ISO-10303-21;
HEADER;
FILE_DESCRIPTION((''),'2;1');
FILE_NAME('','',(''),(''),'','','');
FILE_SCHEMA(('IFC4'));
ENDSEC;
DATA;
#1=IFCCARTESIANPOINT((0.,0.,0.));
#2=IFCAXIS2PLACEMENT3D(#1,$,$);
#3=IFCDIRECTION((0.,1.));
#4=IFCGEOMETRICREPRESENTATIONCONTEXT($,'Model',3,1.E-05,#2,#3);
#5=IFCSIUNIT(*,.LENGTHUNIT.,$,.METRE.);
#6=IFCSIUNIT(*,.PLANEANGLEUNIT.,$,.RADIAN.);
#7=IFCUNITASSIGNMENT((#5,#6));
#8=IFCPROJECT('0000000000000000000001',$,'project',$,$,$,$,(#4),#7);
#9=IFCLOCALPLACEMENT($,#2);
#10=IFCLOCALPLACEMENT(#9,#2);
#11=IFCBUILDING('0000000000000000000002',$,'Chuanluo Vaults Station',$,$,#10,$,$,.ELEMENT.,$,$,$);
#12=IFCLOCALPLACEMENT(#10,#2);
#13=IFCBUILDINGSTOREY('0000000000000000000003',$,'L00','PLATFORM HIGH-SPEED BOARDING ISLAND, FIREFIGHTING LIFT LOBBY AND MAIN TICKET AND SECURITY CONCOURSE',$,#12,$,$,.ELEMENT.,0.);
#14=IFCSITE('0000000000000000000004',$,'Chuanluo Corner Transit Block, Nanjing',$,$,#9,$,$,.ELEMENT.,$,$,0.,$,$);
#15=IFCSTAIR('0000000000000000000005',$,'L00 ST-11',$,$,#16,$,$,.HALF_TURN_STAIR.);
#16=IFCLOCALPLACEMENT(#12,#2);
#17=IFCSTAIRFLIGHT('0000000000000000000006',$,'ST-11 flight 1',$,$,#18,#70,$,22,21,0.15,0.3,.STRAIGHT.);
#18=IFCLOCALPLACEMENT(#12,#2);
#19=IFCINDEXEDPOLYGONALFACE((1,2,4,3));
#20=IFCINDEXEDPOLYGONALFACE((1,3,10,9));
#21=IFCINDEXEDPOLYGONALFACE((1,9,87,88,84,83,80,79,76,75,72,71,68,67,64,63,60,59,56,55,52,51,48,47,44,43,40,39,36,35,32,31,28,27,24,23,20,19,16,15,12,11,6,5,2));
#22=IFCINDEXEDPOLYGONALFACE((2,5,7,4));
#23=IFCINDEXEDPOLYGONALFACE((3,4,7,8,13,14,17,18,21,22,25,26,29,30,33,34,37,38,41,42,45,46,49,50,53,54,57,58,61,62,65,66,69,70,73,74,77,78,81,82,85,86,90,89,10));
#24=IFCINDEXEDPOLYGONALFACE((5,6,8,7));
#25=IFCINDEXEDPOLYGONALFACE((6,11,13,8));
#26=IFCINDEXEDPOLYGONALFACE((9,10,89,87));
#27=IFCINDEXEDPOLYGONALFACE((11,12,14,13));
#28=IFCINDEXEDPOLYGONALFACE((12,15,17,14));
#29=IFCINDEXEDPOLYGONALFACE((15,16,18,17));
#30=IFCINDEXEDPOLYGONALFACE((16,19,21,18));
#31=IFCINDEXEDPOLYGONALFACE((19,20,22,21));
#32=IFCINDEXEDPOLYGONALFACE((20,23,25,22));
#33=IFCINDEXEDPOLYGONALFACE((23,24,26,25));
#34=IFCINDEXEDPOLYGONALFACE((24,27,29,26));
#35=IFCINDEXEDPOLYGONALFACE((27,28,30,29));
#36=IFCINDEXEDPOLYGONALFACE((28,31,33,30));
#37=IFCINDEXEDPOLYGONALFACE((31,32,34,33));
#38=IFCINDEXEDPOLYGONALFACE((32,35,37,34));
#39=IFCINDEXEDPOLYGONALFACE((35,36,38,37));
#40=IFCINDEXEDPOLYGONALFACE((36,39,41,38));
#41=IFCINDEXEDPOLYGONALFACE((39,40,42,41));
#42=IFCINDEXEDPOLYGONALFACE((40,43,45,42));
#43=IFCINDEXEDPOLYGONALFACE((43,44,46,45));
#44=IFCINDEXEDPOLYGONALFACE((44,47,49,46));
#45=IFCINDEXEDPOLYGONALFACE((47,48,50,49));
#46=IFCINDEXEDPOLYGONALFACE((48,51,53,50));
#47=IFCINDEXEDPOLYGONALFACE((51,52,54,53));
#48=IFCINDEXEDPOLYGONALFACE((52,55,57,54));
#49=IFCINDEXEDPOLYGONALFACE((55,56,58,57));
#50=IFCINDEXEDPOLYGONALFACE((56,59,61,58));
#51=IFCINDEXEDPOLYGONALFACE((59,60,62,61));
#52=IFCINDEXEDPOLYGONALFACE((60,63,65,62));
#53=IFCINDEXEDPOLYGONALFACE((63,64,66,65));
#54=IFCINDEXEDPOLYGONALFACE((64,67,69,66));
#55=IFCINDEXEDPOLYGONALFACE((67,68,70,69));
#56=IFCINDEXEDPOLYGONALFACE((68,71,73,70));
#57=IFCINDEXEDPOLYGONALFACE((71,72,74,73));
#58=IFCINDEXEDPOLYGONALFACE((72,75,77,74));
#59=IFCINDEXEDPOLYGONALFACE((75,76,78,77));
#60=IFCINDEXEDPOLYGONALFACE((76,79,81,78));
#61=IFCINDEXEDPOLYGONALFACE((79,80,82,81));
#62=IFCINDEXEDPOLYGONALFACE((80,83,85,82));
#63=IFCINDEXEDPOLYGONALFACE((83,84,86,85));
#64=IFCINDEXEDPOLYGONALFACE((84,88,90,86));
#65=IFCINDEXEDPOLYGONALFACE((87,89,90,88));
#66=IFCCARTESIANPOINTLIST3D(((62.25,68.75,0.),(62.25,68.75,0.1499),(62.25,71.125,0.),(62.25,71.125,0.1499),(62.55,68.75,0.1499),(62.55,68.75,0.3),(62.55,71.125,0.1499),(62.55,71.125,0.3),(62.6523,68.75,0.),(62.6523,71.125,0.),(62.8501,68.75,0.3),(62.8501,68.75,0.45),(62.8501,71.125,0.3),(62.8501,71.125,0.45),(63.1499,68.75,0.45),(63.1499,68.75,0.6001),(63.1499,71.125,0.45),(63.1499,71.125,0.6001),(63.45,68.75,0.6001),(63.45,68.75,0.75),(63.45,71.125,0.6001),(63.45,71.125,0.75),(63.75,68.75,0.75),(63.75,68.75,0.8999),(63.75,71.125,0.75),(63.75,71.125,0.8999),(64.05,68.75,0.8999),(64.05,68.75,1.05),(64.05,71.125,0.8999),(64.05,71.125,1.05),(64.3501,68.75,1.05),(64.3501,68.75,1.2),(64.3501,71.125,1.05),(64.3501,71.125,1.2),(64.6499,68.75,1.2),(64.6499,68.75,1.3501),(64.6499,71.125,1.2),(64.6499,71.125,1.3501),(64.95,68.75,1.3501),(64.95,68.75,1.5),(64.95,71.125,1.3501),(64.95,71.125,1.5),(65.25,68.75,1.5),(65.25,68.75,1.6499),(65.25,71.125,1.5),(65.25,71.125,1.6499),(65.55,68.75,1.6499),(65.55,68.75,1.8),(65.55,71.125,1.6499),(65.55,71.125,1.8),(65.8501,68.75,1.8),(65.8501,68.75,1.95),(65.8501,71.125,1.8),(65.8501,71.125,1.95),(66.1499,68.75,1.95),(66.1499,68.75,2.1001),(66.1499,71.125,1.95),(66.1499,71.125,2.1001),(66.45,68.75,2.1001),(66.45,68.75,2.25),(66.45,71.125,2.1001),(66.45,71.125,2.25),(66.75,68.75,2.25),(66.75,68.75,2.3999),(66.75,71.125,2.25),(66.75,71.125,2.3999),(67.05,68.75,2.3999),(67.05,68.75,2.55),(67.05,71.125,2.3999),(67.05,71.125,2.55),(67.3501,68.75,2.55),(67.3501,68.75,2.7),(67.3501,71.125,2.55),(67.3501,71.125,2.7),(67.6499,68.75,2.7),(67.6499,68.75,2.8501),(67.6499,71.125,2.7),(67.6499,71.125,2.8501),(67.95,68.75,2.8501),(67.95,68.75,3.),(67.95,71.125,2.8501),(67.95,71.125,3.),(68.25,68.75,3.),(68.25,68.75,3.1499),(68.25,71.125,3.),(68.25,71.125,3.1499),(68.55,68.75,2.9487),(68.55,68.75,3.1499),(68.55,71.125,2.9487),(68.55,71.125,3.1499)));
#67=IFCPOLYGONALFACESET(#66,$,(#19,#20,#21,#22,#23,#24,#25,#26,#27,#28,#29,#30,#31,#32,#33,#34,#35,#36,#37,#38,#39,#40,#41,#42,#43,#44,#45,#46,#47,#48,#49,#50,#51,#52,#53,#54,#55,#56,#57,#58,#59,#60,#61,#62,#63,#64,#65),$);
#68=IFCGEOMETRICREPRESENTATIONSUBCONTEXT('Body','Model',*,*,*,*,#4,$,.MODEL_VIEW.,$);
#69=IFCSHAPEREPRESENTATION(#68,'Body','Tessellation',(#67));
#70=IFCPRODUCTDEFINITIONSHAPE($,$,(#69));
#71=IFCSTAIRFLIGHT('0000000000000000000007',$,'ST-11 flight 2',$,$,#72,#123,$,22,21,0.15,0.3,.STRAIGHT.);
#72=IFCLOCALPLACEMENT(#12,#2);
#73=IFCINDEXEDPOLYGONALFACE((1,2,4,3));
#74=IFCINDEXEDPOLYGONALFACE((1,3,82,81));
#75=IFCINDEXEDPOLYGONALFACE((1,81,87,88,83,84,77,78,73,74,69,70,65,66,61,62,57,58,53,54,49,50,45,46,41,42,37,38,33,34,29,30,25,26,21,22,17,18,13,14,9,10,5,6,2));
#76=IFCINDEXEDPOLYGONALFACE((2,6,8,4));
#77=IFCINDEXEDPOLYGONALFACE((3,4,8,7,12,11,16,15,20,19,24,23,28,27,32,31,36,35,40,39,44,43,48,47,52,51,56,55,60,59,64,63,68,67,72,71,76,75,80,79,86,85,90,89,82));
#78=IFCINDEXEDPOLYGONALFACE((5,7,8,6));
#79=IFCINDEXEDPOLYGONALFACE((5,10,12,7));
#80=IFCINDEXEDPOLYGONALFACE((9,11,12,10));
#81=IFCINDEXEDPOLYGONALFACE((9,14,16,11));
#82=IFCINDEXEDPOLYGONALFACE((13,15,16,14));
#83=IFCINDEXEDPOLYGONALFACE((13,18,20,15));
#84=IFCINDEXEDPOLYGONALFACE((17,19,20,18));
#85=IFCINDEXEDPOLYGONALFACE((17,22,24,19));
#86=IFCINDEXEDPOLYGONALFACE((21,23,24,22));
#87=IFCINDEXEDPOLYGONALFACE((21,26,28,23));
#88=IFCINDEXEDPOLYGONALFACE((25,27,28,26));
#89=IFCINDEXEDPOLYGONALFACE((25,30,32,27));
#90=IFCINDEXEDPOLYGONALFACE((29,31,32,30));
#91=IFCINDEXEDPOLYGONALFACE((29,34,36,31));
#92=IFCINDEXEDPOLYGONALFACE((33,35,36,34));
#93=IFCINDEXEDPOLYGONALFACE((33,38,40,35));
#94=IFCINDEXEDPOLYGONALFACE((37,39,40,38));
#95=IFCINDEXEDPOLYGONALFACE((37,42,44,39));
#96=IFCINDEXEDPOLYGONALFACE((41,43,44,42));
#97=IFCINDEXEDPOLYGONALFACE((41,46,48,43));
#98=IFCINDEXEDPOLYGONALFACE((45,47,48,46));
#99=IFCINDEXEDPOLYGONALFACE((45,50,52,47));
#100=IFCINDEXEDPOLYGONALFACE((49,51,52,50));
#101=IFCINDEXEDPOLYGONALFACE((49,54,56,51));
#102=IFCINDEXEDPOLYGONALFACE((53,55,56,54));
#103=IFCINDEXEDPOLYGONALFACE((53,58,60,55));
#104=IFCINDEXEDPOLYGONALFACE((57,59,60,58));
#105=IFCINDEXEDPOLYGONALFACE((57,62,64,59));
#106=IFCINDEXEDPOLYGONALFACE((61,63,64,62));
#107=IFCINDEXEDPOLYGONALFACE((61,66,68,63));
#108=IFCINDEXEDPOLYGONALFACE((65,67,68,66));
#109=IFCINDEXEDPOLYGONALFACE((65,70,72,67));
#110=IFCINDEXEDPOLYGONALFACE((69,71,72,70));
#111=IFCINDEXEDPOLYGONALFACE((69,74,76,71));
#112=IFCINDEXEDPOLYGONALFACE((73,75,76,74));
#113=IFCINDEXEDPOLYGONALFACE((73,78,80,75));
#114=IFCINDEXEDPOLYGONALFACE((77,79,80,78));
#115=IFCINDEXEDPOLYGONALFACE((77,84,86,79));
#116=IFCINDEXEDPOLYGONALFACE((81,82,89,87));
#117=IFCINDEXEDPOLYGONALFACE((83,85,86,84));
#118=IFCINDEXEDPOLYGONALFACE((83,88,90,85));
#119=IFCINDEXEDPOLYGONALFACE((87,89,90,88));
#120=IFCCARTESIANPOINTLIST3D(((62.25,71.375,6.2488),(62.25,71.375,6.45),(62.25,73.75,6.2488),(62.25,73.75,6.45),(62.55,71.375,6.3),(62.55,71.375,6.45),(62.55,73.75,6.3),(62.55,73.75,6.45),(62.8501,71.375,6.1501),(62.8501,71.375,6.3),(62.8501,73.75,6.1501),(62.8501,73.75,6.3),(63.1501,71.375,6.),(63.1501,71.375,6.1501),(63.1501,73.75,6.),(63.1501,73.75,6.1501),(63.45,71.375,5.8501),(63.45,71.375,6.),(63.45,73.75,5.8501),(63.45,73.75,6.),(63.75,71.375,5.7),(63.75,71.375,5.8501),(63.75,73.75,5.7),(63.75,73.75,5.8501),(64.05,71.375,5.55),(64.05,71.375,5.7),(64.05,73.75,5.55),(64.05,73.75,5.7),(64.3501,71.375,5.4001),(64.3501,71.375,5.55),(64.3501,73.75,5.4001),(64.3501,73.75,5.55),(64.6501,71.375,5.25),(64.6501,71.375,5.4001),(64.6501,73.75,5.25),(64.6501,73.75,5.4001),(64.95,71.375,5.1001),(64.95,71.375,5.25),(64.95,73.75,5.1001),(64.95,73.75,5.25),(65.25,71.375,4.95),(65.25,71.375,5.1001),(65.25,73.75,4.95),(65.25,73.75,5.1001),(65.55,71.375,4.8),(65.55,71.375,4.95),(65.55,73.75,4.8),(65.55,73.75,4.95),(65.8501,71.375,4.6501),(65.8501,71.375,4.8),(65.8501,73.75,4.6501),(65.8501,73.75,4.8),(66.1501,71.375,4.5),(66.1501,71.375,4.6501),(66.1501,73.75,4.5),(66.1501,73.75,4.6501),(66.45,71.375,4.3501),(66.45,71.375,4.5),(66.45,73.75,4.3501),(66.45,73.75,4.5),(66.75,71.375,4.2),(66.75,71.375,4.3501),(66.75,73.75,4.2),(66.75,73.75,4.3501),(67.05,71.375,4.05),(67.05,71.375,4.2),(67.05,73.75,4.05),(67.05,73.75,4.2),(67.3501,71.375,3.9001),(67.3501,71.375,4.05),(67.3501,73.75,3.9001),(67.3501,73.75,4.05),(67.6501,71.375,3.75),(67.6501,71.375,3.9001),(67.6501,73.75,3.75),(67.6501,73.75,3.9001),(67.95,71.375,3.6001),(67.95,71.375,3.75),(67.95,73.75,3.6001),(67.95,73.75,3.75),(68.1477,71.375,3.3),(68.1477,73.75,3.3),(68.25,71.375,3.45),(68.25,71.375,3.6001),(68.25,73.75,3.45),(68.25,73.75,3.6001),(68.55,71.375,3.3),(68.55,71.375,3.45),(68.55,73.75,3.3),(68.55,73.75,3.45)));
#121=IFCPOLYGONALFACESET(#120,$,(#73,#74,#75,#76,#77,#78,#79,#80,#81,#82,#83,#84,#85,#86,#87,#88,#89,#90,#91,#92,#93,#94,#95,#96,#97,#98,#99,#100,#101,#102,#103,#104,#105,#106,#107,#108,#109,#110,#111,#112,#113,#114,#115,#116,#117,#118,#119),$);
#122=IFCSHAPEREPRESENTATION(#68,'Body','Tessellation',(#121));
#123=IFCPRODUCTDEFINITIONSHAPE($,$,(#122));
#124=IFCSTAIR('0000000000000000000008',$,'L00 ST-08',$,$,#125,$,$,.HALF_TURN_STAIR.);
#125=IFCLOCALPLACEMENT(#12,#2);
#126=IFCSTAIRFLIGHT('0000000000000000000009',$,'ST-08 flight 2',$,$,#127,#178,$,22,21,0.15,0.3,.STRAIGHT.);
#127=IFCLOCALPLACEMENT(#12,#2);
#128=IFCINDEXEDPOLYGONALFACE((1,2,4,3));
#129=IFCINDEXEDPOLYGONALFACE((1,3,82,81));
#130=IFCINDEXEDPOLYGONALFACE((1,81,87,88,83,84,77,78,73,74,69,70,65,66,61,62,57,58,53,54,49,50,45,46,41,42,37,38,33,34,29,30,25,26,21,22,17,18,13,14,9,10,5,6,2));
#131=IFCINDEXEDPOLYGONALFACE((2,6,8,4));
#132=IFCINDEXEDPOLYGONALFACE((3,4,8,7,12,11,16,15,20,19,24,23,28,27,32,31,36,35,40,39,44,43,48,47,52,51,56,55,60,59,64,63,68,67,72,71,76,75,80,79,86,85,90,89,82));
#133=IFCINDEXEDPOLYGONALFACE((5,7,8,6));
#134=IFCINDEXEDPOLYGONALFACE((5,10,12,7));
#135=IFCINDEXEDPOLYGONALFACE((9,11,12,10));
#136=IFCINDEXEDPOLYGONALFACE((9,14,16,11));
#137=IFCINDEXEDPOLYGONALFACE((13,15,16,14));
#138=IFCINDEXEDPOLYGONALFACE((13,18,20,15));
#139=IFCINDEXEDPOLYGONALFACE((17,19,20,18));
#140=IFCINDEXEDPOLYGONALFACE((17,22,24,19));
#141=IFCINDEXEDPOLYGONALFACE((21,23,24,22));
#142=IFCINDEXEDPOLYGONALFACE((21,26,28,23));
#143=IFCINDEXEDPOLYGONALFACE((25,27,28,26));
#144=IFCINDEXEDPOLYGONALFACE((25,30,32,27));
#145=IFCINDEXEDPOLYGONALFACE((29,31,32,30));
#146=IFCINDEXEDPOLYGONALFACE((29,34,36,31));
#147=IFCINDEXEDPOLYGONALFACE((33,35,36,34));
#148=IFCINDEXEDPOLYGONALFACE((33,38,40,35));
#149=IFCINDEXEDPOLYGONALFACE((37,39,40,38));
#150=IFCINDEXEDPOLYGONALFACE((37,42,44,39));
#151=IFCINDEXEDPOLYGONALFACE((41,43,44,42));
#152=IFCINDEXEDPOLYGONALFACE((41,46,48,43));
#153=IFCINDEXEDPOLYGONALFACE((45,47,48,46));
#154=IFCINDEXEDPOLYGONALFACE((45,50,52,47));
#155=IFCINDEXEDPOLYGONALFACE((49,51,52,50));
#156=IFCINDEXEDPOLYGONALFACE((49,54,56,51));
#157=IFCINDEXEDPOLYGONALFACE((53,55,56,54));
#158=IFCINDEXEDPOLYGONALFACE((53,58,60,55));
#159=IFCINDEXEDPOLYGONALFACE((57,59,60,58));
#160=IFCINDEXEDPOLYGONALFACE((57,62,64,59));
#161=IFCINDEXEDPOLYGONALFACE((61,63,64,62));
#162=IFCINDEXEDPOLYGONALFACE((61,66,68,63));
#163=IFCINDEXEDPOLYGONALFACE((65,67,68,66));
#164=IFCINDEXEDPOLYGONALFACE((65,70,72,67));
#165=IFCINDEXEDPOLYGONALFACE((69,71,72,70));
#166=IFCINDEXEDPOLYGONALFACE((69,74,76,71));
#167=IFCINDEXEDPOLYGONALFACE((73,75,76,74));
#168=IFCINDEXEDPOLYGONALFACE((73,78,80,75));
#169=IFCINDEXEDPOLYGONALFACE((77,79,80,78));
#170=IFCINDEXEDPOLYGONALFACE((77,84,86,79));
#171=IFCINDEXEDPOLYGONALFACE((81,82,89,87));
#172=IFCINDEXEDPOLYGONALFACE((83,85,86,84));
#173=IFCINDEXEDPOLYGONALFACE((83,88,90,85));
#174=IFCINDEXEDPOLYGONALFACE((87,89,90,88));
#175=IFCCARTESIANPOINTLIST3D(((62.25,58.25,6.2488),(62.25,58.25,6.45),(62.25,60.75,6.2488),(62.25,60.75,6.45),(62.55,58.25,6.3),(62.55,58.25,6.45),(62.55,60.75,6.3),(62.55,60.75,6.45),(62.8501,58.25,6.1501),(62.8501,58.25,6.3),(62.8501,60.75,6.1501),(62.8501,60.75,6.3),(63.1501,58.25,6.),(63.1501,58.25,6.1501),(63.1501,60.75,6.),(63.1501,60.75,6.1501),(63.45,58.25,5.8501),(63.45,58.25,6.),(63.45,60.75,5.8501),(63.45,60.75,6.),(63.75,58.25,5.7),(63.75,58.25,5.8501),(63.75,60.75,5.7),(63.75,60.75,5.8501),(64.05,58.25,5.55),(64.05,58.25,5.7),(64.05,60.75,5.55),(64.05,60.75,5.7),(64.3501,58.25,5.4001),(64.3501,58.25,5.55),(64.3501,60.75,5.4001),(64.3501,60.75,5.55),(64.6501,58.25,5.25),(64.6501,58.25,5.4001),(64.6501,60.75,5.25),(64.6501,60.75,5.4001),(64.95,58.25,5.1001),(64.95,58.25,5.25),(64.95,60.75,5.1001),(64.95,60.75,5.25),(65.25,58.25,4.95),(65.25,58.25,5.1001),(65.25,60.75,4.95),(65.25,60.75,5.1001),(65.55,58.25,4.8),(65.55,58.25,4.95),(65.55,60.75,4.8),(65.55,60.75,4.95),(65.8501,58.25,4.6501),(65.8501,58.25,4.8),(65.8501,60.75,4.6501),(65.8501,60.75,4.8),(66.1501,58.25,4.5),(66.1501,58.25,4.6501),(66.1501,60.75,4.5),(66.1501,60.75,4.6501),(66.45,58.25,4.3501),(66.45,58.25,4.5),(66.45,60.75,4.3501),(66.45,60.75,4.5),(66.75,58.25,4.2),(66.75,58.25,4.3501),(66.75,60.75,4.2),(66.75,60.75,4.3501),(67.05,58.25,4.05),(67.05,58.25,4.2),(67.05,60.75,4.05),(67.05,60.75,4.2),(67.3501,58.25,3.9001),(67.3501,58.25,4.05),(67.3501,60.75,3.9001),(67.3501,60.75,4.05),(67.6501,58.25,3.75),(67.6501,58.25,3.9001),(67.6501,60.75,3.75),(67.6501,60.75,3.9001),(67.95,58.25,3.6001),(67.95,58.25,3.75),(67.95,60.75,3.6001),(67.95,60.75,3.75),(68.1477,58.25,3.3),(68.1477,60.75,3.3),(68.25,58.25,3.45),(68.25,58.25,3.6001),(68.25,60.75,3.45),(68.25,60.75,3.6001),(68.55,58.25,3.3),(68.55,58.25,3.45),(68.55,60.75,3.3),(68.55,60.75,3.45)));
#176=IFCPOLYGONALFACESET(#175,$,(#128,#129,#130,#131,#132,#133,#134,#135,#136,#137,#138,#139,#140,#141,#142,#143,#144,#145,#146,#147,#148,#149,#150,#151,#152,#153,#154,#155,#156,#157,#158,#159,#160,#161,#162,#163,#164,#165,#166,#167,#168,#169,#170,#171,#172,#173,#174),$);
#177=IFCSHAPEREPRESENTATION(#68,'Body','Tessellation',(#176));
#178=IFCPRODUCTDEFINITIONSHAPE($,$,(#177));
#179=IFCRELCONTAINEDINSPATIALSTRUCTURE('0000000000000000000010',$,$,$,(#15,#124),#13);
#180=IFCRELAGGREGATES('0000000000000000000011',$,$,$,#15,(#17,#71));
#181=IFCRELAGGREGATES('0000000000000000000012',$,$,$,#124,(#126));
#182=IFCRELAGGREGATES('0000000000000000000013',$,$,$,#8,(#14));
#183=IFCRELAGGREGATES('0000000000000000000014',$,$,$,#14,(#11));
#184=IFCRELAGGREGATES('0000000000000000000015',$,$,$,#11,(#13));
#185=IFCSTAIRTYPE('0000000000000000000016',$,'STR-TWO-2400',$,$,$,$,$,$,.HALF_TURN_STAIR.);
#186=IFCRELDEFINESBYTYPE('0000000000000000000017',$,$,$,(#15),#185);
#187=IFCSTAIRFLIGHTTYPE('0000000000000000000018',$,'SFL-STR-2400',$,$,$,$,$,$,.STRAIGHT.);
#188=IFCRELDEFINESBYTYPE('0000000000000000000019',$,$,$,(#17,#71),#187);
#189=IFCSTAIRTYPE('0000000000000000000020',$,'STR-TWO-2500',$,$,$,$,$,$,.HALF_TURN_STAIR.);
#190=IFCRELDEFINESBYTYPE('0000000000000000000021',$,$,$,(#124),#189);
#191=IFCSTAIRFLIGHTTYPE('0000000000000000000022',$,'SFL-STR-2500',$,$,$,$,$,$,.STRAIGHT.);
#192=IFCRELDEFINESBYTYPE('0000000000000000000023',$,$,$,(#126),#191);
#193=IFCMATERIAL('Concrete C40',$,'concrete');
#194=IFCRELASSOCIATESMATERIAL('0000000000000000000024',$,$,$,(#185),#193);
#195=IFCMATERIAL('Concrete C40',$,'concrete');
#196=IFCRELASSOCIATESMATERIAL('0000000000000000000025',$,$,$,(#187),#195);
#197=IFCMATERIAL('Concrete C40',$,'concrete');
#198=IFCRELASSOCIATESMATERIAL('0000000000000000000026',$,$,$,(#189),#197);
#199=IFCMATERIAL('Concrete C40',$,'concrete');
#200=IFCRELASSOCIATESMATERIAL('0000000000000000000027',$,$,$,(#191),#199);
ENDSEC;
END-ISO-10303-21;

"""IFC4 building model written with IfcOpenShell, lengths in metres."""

from ifc_helpers import new_model, si_unit, direction, frame, origin, place, context, subcontext, project, spatial, polyline, outline, extrude, material, type_object, element, aggregate, save


model = new_model("IFC4")

# Units and contexts
model_context = context("Model", 3, precision=1e-05, world=origin(), true_north=direction((0.0, 1.0)))
body_context = subcontext(model_context, "Body", "Model", "MODEL_VIEW")
ifc_project = project(units=[si_unit("LENGTHUNIT", "METRE"), si_unit("PLANEANGLEUNIT", "RADIAN")], contexts=[model_context])

# Site, building, storey
site_placement = place(None, origin())
site = spatial("IfcSite", under=ifc_project, at=site_placement, Name="Chuanluo Corner Transit Block, Nanjing", CompositionType="ELEMENT", RefElevation=0.0)
building_placement = place(site_placement, origin())
building = spatial("IfcBuilding", under=site, at=building_placement, Name="Chuanluo Vaults Station", CompositionType="ELEMENT")
storey_placement = place(building_placement, origin())
storey = spatial("IfcBuildingStorey", under=building, at=storey_placement, Name="L00", Description="PLATFORM HIGH-SPEED BOARDING ISLAND, FIREFIGHTING LIFT LOBBY AND MAIN TICKET AND SECURITY CONCOURSE", CompositionType="ELEMENT", Elevation=0.0)

# Stair, stair flights
ifc_material_1 = material(Name="Concrete C40", Category="concrete")
stair_type_1 = type_object("IfcStairType", Name="STR-TWO-2400", PredefinedType="HALF_TURN_STAIR", material=ifc_material_1)
stair_1_placement = place(storey_placement, origin())
stair_1 = element("IfcStair", 1, at=stair_1_placement, inside=storey, type_object=stair_type_1, Name="L00 ST-11", PredefinedType="HALF_TURN_STAIR")
ifc_material_2 = material(Name="Concrete C40", Category="concrete")
stair_flight_type_1 = type_object("IfcStairFlightType", Name="SFL-STR-2400", PredefinedType="STRAIGHT", material=ifc_material_2)
stair_flight_1_placement = place(storey_placement, frame((62.25, 69.9375, 0.0), z_axis=(0.0, 0.0, 1.0), x_axis=(1.0, 0.0, 0.0)))
stair_flight_1 = element("IfcStairFlight", 2, at=stair_flight_1_placement, type_object=stair_flight_type_1, Name="ST-11 flight 1", NumberOfRisers=22, NumberOfTreads=21, PredefinedType="STRAIGHT", RiserHeight=0.15, TreadLength=0.3, context=body_context, shape_type="SweptSolid", body=[
    extrude(outline(polyline([(0.0, 0.0), (0.0, 0.1499), (0.3, 0.1499), (0.3, 0.3), (0.6001, 0.3), (0.6001, 0.45), (0.8999, 0.45), (0.8999, 0.6001), (1.2, 0.6001), (1.2, 0.75), (1.5, 0.75), (1.5, 0.8999), (1.8, 0.8999), (1.8, 1.05), (2.1001, 1.05), (2.1001, 1.2), (2.3999, 1.2), (2.3999, 1.3501), (2.7, 1.3501), (2.7, 1.5), (3.0, 1.5), (3.0, 1.6499), (3.3, 1.6499), (3.3, 1.8), (3.6001, 1.8), (3.6001, 1.95), (3.8999, 1.95), (3.8999, 2.1001), (4.2, 2.1001), (4.2, 2.25), (4.5, 2.25), (4.5, 2.3999), (4.8, 2.3999), (4.8, 2.55), (5.1001, 2.55), (5.1001, 2.7), (5.3999, 2.7), (5.3999, 2.8501), (5.7, 2.8501), (5.7, 3.0), (6.0, 3.0), (6.0, 3.1499), (6.3, 3.1499), (6.3, 3.3), (6.3, 2.9487), (0.4023, 0.0), (0.0, 0.0)])), frame((0.0, 1.1875, 0.0), z_axis=(0.0, -1.0, 0.0), x_axis=(1.0, 0.0, 0.0)), (0.0, 0.0, 1.0), 2.375),
])
stair_flight_2_placement = place(storey_placement, frame((68.55, 72.5625, 3.3), z_axis=(0.0, 0.0, 1.0), x_axis=(-1.0, 0.0, 0.0)))
stair_flight_2 = element("IfcStairFlight", 3, at=stair_flight_2_placement, type_object=stair_flight_type_1, Name="ST-11 flight 2", NumberOfRisers=22, NumberOfTreads=21, PredefinedType="STRAIGHT", RiserHeight=0.15, TreadLength=0.3, context=body_context, shape_type="SweptSolid", body=[
    extrude(outline(polyline([(0.0, 0.0), (0.0, 0.1499), (0.3, 0.1499), (0.3, 0.3), (0.6001, 0.3), (0.6001, 0.45), (0.8999, 0.45), (0.8999, 0.6001), (1.2, 0.6001), (1.2, 0.75), (1.5, 0.75), (1.5, 0.8999), (1.8, 0.8999), (1.8, 1.05), (2.1001, 1.05), (2.1001, 1.2), (2.3999, 1.2), (2.3999, 1.3501), (2.7, 1.3501), (2.7, 1.5), (3.0, 1.5), (3.0, 1.6499), (3.3, 1.6499), (3.3, 1.8), (3.6001, 1.8), (3.6001, 1.95), (3.8999, 1.95), (3.8999, 2.1001), (4.2, 2.1001), (4.2, 2.25), (4.5, 2.25), (4.5, 2.3999), (4.8, 2.3999), (4.8, 2.55), (5.1001, 2.55), (5.1001, 2.7), (5.3999, 2.7), (5.3999, 2.8501), (5.7, 2.8501), (5.7, 3.0), (6.0, 3.0), (6.0, 3.1499), (6.3, 3.1499), (6.3, 3.3), (6.3, 2.9487), (0.4023, 0.0), (0.0, 0.0)])), frame((0.0, 1.1875, 0.0), z_axis=(0.0, -1.0, 0.0), x_axis=(1.0, 0.0, 0.0)), (0.0, 0.0, 1.0), 2.375),
])
aggregate(stair_1, [stair_flight_1, stair_flight_2])

# Stair, stair flight
ifc_material_3 = material(Name="Concrete C40", Category="concrete")
stair_type_2 = type_object("IfcStairType", Name="STR-TWO-2500", PredefinedType="HALF_TURN_STAIR", material=ifc_material_3)
stair_2_placement = place(storey_placement, origin())
stair_2 = element("IfcStair", 4, at=stair_2_placement, inside=storey, type_object=stair_type_2, Name="L00 ST-08", PredefinedType="HALF_TURN_STAIR")
ifc_material_4 = material(Name="Concrete C40", Category="concrete")
stair_flight_type_2 = type_object("IfcStairFlightType", Name="SFL-STR-2500", PredefinedType="STRAIGHT", material=ifc_material_4)
stair_flight_3_placement = place(storey_placement, frame((68.55, 59.5, 3.3), z_axis=(0.0, 0.0, 1.0), x_axis=(-1.0, 0.0, 0.0)))
stair_flight_3 = element("IfcStairFlight", 5, at=stair_flight_3_placement, type_object=stair_flight_type_2, Name="ST-08 flight 2", NumberOfRisers=22, NumberOfTreads=21, PredefinedType="STRAIGHT", RiserHeight=0.15, TreadLength=0.3, context=body_context, shape_type="SweptSolid", body=[
    extrude(outline(polyline([(0.0, 0.0), (0.0, 0.1499), (0.3, 0.1499), (0.3, 0.3), (0.6001, 0.3), (0.6001, 0.45), (0.8999, 0.45), (0.8999, 0.6001), (1.2, 0.6001), (1.2, 0.75), (1.5, 0.75), (1.5, 0.8999), (1.8, 0.8999), (1.8, 1.05), (2.1001, 1.05), (2.1001, 1.2), (2.3999, 1.2), (2.3999, 1.3501), (2.7, 1.3501), (2.7, 1.5), (3.0, 1.5), (3.0, 1.6499), (3.3, 1.6499), (3.3, 1.8), (3.6001, 1.8), (3.6001, 1.95), (3.8999, 1.95), (3.8999, 2.1001), (4.2, 2.1001), (4.2, 2.25), (4.5, 2.25), (4.5, 2.3999), (4.8, 2.3999), (4.8, 2.55), (5.1001, 2.55), (5.1001, 2.7), (5.3999, 2.7), (5.3999, 2.8501), (5.7, 2.8501), (5.7, 3.0), (6.0, 3.0), (6.0, 3.1499), (6.3, 3.1499), (6.3, 3.3), (6.3, 2.9487), (0.4023, 0.0), (0.0, 0.0)])), frame((0.0, 1.25, 0.0), z_axis=(0.0, -1.0, 0.0), x_axis=(1.0, 0.0, 0.0)), (0.0, 0.0, 1.0), 2.5),
])
aggregate(stair_2, [stair_flight_3])

save(model, "model.ifc")
